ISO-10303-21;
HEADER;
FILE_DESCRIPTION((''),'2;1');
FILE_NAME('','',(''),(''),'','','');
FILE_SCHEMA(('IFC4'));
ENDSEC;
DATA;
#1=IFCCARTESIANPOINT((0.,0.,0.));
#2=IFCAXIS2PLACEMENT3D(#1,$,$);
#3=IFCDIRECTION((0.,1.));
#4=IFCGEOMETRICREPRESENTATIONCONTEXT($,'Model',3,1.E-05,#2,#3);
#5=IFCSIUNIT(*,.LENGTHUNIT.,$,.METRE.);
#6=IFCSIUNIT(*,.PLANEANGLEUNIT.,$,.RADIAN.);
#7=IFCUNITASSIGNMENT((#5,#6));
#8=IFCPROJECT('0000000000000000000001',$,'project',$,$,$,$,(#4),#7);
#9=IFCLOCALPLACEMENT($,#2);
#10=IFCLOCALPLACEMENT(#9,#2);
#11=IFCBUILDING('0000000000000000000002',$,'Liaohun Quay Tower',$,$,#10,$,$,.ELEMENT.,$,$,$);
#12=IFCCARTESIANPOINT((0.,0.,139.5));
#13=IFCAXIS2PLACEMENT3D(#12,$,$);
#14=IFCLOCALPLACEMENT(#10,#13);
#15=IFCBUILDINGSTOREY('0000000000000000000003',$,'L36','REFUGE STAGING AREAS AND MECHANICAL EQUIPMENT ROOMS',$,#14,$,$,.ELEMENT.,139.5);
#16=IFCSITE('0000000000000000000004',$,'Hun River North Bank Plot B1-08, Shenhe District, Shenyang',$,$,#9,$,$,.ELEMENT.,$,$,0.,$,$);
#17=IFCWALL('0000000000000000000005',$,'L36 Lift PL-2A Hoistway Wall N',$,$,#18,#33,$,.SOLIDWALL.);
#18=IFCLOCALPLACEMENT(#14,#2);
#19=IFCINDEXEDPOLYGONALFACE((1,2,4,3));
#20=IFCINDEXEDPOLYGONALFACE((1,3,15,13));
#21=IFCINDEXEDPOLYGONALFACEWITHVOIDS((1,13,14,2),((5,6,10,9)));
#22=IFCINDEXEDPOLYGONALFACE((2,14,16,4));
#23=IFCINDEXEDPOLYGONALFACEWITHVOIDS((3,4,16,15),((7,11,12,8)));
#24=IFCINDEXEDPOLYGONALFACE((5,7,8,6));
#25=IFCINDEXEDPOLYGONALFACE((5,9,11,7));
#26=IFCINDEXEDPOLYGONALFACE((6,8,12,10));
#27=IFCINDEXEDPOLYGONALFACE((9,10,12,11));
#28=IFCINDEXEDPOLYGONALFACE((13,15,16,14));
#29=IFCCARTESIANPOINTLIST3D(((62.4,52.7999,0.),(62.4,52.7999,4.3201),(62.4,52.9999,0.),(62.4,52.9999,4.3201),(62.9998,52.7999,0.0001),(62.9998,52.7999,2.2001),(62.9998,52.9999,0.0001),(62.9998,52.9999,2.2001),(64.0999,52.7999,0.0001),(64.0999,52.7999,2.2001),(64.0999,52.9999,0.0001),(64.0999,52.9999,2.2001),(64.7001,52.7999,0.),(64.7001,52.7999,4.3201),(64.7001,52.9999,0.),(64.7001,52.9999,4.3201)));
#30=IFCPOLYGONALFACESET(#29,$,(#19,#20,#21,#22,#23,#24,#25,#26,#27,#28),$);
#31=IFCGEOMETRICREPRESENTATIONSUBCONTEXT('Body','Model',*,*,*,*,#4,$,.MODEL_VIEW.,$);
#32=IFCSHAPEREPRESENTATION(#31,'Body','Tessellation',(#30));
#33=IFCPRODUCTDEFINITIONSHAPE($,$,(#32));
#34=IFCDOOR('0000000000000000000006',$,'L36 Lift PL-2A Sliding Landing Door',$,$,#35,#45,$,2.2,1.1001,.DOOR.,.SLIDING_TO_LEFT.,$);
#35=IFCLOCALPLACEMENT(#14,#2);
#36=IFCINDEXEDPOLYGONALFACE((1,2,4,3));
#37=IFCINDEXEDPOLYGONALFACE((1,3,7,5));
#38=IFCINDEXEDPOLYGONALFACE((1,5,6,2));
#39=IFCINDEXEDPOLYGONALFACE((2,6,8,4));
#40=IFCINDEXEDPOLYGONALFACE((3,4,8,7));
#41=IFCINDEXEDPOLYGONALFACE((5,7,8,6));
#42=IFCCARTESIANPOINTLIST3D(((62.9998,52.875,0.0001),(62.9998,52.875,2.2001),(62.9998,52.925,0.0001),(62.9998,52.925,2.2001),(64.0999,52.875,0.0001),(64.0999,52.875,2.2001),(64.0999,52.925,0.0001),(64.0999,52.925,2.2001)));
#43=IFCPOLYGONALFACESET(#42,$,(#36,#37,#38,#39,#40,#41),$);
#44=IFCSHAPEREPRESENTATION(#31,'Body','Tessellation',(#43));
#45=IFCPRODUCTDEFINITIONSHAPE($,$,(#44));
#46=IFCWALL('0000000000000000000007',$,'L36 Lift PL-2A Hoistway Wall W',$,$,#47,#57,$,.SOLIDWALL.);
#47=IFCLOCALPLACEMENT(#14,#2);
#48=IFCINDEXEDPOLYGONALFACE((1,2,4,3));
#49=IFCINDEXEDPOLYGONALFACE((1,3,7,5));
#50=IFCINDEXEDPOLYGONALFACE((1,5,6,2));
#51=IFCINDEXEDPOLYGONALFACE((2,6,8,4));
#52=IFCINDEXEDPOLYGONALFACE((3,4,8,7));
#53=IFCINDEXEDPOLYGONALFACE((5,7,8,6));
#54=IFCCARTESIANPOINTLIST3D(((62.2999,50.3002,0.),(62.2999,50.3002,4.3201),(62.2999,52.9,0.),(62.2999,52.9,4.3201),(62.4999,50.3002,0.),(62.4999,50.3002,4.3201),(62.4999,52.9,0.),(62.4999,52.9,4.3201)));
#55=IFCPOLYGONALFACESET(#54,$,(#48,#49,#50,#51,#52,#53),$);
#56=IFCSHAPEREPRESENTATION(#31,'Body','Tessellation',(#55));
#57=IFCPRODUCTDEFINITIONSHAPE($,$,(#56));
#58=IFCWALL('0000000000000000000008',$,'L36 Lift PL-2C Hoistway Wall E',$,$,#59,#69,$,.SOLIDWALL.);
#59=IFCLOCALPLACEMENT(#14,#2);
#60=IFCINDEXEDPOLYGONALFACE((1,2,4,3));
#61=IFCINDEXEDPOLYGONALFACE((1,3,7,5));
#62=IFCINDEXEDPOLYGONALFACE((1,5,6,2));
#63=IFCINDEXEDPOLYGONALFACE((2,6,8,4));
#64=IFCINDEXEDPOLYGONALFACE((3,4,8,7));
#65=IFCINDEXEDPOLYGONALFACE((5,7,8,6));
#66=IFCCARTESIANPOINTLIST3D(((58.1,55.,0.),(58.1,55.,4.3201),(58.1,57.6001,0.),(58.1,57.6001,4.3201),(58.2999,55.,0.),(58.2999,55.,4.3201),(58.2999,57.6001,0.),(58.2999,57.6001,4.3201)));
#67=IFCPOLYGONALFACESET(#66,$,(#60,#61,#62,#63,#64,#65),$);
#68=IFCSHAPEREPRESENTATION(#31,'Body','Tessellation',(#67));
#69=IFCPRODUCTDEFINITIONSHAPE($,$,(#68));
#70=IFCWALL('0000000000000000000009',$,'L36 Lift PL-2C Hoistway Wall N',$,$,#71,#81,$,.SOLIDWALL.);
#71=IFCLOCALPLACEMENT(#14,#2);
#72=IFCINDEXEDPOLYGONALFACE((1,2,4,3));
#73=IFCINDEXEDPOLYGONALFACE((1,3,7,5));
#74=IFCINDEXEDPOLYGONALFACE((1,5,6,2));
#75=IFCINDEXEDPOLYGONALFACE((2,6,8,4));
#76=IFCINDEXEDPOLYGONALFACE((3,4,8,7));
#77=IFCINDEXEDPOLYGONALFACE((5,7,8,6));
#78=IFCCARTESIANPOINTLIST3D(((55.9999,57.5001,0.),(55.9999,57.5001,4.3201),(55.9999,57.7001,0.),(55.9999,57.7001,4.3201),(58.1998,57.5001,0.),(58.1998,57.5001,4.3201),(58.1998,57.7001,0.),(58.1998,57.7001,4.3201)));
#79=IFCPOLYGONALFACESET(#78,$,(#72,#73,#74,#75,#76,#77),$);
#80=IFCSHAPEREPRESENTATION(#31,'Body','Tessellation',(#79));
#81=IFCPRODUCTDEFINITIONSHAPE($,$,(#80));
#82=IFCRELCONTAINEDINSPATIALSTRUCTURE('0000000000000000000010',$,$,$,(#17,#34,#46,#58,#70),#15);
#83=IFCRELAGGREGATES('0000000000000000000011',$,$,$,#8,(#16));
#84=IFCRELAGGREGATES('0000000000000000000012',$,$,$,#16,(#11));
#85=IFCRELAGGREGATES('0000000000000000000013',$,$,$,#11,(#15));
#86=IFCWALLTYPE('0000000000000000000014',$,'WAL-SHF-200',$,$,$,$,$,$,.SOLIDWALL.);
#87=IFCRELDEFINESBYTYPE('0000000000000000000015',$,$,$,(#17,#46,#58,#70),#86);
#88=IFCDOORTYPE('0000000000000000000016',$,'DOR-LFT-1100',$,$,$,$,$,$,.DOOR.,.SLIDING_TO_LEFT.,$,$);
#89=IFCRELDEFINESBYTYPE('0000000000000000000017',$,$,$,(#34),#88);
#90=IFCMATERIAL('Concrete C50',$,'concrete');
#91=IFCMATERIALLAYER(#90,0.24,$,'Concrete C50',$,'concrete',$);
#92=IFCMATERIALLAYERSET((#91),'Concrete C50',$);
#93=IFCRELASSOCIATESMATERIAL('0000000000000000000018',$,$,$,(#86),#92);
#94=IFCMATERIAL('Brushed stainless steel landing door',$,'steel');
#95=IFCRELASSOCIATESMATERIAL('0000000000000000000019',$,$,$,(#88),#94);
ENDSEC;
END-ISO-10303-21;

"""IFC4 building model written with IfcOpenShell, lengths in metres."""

from ifc_helpers import new_model, si_unit, direction, frame, frame_2d, origin, place, context, subcontext, project, spatial, rectangle, extrude, source, transform, mapped, material, layer, layer_set, type_object, element, fill, save


model = new_model("IFC4")

# Units and contexts
model_context = context("Model", 3, precision=1e-05, world=origin(), true_north=direction((0.0, 1.0)))
body_context = subcontext(model_context, "Body", "Model", "MODEL_VIEW")
ifc_project = project(units=[si_unit("LENGTHUNIT", "METRE"), si_unit("PLANEANGLEUNIT", "RADIAN")], contexts=[model_context])

# Site, building, storey
site_placement = place(None, origin())
site = spatial("IfcSite", under=ifc_project, at=site_placement, Name="Hun River North Bank Plot B1-08, Shenhe District, Shenyang", CompositionType="ELEMENT", RefElevation=0.0)
building_placement = place(site_placement, origin())
building = spatial("IfcBuilding", under=site, at=building_placement, Name="Liaohun Quay Tower", CompositionType="ELEMENT")
storey_placement = place(building_placement, frame((0.0, 0.0, 139.5)))
storey = spatial("IfcBuildingStorey", under=building, at=storey_placement, Name="L36", Description="REFUGE STAGING AREAS AND MECHANICAL EQUIPMENT ROOMS", CompositionType="ELEMENT", Elevation=139.5)

# Shared definitions
ifc_material_1 = material(Name="Concrete C50", Category="concrete")
ifc_layer_1 = layer(ifc_material_1, 0.24, Name="Concrete C50", Category="concrete")
ifc_layer_set_1 = layer_set([ifc_layer_1], Name="Concrete C50")
wall_type_1 = type_object("IfcWallType", Name="WAL-SHF-200", PredefinedType="SOLIDWALL", material=ifc_layer_set_1)

# Wall, opening, door
wall_1_placement = place(storey_placement, frame((64.7, 52.8999, 0.0), z_axis=(0.0, 0.0, 1.0), x_axis=(-1.0, 0.0, 0.0)))
wall_1 = element("IfcWall", 1, at=wall_1_placement, inside=storey, type_object=wall_type_1, Name="L36 Lift PL-2A Hoistway Wall N", PredefinedType="SOLIDWALL", context=body_context, shape_type="SweptSolid", body=[
    extrude(rectangle(XDim=2.3, YDim=0.2, at=frame_2d((1.1499, 0.0))), origin(), (0.0, 0.0, 1.0), 4.3201),
])
shared_shape_1 = source(origin(), body_context, "Body", "SweptSolid", [
    extrude(rectangle(XDim=1.1001, YDim=2.2, at=frame_2d((0.55, 1.1001))), frame((0.0, 0.1099, 0.0), z_axis=(0.0, -1.0, 0.0), x_axis=(1.0, 0.0, 0.0)), (0.0, 0.0, 1.0), 0.22),
])
opening_1_placement = place(wall_1_placement, frame((0.6001, 0.0, 0.0)))
opening_1 = element("IfcOpeningElement", 2, at=opening_1_placement, cuts=wall_1, PredefinedType="OPENING", context=body_context, shape_type="MappedRepresentation", body=[
    mapped(shared_shape_1, transform((0.0, 0.0, 0.0), x_axis=(1.0, 0.0, 0.0), y_axis=(0.0, 1.0, 0.0), z_axis=(0.0, 0.0, 1.0), scale=1.0)),
])
ifc_material_2 = material(Name="Brushed stainless steel landing door", Category="steel")
door_type_1 = type_object("IfcDoorType", Name="DOR-LFT-1100", OperationType="SLIDING_TO_LEFT", PredefinedType="DOOR", material=ifc_material_2)
shared_shape_2 = source(origin(), body_context, "Body", "SweptSolid", [
    extrude(rectangle(XDim=1.1001, YDim=2.2, at=frame_2d((0.55, 1.1001))), frame((0.0, 0.0249, 0.0), z_axis=(0.0, -1.0, 0.0), x_axis=(1.0, 0.0, 0.0)), (0.0, 0.0, 1.0), 0.05),
])
door_1_placement = place(opening_1_placement, origin())
door_1 = element("IfcDoor", 3, at=door_1_placement, inside=storey, type_object=door_type_1, Name="L36 Lift PL-2A Sliding Landing Door", OperationType="SLIDING_TO_LEFT", OverallHeight=2.2, OverallWidth=1.1001, PredefinedType="DOOR", context=body_context, shape_type="MappedRepresentation", body=[
    mapped(shared_shape_2, transform((0.0, 0.0, 0.0), x_axis=(1.0, 0.0, 0.0), y_axis=(0.0, 1.0, 0.0), z_axis=(0.0, 0.0, 1.0), scale=1.0)),
])
fill(opening_1, door_1)

# Walls
wall_2_placement = place(storey_placement, frame((62.3999, 52.8999, 0.0), z_axis=(0.0, 0.0, 1.0), x_axis=(0.0, -1.0, 0.0)))
element("IfcWall", 4, at=wall_2_placement, inside=storey, type_object=wall_type_1, Name="L36 Lift PL-2A Hoistway Wall W", PredefinedType="SOLIDWALL", context=body_context, shape_type="SweptSolid", body=[
    extrude(rectangle(XDim=2.5999, YDim=0.2, at=frame_2d((1.2998, 0.0))), origin(), (0.0, 0.0, 1.0), 4.3201),
])
wall_3_placement = place(storey_placement, frame((58.2, 55.0, 0.0), z_axis=(0.0, 0.0, 1.0), x_axis=(0.0, 1.0, 0.0)))
element("IfcWall", 5, at=wall_3_placement, inside=storey, type_object=wall_type_1, Name="L36 Lift PL-2C Hoistway Wall E", PredefinedType="SOLIDWALL", context=body_context, shape_type="SweptSolid", body=[
    extrude(rectangle(XDim=2.6001, YDim=0.2, at=frame_2d((1.3, 0.0))), origin(), (0.0, 0.0, 1.0), 4.3201),
])
wall_4_placement = place(storey_placement, frame((58.2, 57.6001, 0.0), z_axis=(0.0, 0.0, 1.0), x_axis=(-1.0, 0.0, 0.0)))
element("IfcWall", 6, at=wall_4_placement, inside=storey, type_object=wall_type_1, Name="L36 Lift PL-2C Hoistway Wall N", PredefinedType="SOLIDWALL", context=body_context, shape_type="SweptSolid", body=[
    extrude(rectangle(XDim=2.2, YDim=0.2, at=frame_2d((1.1001, 0.0))), origin(), (0.0, 0.0, 1.0), 4.3201),
])

save(model, "model.ifc")
